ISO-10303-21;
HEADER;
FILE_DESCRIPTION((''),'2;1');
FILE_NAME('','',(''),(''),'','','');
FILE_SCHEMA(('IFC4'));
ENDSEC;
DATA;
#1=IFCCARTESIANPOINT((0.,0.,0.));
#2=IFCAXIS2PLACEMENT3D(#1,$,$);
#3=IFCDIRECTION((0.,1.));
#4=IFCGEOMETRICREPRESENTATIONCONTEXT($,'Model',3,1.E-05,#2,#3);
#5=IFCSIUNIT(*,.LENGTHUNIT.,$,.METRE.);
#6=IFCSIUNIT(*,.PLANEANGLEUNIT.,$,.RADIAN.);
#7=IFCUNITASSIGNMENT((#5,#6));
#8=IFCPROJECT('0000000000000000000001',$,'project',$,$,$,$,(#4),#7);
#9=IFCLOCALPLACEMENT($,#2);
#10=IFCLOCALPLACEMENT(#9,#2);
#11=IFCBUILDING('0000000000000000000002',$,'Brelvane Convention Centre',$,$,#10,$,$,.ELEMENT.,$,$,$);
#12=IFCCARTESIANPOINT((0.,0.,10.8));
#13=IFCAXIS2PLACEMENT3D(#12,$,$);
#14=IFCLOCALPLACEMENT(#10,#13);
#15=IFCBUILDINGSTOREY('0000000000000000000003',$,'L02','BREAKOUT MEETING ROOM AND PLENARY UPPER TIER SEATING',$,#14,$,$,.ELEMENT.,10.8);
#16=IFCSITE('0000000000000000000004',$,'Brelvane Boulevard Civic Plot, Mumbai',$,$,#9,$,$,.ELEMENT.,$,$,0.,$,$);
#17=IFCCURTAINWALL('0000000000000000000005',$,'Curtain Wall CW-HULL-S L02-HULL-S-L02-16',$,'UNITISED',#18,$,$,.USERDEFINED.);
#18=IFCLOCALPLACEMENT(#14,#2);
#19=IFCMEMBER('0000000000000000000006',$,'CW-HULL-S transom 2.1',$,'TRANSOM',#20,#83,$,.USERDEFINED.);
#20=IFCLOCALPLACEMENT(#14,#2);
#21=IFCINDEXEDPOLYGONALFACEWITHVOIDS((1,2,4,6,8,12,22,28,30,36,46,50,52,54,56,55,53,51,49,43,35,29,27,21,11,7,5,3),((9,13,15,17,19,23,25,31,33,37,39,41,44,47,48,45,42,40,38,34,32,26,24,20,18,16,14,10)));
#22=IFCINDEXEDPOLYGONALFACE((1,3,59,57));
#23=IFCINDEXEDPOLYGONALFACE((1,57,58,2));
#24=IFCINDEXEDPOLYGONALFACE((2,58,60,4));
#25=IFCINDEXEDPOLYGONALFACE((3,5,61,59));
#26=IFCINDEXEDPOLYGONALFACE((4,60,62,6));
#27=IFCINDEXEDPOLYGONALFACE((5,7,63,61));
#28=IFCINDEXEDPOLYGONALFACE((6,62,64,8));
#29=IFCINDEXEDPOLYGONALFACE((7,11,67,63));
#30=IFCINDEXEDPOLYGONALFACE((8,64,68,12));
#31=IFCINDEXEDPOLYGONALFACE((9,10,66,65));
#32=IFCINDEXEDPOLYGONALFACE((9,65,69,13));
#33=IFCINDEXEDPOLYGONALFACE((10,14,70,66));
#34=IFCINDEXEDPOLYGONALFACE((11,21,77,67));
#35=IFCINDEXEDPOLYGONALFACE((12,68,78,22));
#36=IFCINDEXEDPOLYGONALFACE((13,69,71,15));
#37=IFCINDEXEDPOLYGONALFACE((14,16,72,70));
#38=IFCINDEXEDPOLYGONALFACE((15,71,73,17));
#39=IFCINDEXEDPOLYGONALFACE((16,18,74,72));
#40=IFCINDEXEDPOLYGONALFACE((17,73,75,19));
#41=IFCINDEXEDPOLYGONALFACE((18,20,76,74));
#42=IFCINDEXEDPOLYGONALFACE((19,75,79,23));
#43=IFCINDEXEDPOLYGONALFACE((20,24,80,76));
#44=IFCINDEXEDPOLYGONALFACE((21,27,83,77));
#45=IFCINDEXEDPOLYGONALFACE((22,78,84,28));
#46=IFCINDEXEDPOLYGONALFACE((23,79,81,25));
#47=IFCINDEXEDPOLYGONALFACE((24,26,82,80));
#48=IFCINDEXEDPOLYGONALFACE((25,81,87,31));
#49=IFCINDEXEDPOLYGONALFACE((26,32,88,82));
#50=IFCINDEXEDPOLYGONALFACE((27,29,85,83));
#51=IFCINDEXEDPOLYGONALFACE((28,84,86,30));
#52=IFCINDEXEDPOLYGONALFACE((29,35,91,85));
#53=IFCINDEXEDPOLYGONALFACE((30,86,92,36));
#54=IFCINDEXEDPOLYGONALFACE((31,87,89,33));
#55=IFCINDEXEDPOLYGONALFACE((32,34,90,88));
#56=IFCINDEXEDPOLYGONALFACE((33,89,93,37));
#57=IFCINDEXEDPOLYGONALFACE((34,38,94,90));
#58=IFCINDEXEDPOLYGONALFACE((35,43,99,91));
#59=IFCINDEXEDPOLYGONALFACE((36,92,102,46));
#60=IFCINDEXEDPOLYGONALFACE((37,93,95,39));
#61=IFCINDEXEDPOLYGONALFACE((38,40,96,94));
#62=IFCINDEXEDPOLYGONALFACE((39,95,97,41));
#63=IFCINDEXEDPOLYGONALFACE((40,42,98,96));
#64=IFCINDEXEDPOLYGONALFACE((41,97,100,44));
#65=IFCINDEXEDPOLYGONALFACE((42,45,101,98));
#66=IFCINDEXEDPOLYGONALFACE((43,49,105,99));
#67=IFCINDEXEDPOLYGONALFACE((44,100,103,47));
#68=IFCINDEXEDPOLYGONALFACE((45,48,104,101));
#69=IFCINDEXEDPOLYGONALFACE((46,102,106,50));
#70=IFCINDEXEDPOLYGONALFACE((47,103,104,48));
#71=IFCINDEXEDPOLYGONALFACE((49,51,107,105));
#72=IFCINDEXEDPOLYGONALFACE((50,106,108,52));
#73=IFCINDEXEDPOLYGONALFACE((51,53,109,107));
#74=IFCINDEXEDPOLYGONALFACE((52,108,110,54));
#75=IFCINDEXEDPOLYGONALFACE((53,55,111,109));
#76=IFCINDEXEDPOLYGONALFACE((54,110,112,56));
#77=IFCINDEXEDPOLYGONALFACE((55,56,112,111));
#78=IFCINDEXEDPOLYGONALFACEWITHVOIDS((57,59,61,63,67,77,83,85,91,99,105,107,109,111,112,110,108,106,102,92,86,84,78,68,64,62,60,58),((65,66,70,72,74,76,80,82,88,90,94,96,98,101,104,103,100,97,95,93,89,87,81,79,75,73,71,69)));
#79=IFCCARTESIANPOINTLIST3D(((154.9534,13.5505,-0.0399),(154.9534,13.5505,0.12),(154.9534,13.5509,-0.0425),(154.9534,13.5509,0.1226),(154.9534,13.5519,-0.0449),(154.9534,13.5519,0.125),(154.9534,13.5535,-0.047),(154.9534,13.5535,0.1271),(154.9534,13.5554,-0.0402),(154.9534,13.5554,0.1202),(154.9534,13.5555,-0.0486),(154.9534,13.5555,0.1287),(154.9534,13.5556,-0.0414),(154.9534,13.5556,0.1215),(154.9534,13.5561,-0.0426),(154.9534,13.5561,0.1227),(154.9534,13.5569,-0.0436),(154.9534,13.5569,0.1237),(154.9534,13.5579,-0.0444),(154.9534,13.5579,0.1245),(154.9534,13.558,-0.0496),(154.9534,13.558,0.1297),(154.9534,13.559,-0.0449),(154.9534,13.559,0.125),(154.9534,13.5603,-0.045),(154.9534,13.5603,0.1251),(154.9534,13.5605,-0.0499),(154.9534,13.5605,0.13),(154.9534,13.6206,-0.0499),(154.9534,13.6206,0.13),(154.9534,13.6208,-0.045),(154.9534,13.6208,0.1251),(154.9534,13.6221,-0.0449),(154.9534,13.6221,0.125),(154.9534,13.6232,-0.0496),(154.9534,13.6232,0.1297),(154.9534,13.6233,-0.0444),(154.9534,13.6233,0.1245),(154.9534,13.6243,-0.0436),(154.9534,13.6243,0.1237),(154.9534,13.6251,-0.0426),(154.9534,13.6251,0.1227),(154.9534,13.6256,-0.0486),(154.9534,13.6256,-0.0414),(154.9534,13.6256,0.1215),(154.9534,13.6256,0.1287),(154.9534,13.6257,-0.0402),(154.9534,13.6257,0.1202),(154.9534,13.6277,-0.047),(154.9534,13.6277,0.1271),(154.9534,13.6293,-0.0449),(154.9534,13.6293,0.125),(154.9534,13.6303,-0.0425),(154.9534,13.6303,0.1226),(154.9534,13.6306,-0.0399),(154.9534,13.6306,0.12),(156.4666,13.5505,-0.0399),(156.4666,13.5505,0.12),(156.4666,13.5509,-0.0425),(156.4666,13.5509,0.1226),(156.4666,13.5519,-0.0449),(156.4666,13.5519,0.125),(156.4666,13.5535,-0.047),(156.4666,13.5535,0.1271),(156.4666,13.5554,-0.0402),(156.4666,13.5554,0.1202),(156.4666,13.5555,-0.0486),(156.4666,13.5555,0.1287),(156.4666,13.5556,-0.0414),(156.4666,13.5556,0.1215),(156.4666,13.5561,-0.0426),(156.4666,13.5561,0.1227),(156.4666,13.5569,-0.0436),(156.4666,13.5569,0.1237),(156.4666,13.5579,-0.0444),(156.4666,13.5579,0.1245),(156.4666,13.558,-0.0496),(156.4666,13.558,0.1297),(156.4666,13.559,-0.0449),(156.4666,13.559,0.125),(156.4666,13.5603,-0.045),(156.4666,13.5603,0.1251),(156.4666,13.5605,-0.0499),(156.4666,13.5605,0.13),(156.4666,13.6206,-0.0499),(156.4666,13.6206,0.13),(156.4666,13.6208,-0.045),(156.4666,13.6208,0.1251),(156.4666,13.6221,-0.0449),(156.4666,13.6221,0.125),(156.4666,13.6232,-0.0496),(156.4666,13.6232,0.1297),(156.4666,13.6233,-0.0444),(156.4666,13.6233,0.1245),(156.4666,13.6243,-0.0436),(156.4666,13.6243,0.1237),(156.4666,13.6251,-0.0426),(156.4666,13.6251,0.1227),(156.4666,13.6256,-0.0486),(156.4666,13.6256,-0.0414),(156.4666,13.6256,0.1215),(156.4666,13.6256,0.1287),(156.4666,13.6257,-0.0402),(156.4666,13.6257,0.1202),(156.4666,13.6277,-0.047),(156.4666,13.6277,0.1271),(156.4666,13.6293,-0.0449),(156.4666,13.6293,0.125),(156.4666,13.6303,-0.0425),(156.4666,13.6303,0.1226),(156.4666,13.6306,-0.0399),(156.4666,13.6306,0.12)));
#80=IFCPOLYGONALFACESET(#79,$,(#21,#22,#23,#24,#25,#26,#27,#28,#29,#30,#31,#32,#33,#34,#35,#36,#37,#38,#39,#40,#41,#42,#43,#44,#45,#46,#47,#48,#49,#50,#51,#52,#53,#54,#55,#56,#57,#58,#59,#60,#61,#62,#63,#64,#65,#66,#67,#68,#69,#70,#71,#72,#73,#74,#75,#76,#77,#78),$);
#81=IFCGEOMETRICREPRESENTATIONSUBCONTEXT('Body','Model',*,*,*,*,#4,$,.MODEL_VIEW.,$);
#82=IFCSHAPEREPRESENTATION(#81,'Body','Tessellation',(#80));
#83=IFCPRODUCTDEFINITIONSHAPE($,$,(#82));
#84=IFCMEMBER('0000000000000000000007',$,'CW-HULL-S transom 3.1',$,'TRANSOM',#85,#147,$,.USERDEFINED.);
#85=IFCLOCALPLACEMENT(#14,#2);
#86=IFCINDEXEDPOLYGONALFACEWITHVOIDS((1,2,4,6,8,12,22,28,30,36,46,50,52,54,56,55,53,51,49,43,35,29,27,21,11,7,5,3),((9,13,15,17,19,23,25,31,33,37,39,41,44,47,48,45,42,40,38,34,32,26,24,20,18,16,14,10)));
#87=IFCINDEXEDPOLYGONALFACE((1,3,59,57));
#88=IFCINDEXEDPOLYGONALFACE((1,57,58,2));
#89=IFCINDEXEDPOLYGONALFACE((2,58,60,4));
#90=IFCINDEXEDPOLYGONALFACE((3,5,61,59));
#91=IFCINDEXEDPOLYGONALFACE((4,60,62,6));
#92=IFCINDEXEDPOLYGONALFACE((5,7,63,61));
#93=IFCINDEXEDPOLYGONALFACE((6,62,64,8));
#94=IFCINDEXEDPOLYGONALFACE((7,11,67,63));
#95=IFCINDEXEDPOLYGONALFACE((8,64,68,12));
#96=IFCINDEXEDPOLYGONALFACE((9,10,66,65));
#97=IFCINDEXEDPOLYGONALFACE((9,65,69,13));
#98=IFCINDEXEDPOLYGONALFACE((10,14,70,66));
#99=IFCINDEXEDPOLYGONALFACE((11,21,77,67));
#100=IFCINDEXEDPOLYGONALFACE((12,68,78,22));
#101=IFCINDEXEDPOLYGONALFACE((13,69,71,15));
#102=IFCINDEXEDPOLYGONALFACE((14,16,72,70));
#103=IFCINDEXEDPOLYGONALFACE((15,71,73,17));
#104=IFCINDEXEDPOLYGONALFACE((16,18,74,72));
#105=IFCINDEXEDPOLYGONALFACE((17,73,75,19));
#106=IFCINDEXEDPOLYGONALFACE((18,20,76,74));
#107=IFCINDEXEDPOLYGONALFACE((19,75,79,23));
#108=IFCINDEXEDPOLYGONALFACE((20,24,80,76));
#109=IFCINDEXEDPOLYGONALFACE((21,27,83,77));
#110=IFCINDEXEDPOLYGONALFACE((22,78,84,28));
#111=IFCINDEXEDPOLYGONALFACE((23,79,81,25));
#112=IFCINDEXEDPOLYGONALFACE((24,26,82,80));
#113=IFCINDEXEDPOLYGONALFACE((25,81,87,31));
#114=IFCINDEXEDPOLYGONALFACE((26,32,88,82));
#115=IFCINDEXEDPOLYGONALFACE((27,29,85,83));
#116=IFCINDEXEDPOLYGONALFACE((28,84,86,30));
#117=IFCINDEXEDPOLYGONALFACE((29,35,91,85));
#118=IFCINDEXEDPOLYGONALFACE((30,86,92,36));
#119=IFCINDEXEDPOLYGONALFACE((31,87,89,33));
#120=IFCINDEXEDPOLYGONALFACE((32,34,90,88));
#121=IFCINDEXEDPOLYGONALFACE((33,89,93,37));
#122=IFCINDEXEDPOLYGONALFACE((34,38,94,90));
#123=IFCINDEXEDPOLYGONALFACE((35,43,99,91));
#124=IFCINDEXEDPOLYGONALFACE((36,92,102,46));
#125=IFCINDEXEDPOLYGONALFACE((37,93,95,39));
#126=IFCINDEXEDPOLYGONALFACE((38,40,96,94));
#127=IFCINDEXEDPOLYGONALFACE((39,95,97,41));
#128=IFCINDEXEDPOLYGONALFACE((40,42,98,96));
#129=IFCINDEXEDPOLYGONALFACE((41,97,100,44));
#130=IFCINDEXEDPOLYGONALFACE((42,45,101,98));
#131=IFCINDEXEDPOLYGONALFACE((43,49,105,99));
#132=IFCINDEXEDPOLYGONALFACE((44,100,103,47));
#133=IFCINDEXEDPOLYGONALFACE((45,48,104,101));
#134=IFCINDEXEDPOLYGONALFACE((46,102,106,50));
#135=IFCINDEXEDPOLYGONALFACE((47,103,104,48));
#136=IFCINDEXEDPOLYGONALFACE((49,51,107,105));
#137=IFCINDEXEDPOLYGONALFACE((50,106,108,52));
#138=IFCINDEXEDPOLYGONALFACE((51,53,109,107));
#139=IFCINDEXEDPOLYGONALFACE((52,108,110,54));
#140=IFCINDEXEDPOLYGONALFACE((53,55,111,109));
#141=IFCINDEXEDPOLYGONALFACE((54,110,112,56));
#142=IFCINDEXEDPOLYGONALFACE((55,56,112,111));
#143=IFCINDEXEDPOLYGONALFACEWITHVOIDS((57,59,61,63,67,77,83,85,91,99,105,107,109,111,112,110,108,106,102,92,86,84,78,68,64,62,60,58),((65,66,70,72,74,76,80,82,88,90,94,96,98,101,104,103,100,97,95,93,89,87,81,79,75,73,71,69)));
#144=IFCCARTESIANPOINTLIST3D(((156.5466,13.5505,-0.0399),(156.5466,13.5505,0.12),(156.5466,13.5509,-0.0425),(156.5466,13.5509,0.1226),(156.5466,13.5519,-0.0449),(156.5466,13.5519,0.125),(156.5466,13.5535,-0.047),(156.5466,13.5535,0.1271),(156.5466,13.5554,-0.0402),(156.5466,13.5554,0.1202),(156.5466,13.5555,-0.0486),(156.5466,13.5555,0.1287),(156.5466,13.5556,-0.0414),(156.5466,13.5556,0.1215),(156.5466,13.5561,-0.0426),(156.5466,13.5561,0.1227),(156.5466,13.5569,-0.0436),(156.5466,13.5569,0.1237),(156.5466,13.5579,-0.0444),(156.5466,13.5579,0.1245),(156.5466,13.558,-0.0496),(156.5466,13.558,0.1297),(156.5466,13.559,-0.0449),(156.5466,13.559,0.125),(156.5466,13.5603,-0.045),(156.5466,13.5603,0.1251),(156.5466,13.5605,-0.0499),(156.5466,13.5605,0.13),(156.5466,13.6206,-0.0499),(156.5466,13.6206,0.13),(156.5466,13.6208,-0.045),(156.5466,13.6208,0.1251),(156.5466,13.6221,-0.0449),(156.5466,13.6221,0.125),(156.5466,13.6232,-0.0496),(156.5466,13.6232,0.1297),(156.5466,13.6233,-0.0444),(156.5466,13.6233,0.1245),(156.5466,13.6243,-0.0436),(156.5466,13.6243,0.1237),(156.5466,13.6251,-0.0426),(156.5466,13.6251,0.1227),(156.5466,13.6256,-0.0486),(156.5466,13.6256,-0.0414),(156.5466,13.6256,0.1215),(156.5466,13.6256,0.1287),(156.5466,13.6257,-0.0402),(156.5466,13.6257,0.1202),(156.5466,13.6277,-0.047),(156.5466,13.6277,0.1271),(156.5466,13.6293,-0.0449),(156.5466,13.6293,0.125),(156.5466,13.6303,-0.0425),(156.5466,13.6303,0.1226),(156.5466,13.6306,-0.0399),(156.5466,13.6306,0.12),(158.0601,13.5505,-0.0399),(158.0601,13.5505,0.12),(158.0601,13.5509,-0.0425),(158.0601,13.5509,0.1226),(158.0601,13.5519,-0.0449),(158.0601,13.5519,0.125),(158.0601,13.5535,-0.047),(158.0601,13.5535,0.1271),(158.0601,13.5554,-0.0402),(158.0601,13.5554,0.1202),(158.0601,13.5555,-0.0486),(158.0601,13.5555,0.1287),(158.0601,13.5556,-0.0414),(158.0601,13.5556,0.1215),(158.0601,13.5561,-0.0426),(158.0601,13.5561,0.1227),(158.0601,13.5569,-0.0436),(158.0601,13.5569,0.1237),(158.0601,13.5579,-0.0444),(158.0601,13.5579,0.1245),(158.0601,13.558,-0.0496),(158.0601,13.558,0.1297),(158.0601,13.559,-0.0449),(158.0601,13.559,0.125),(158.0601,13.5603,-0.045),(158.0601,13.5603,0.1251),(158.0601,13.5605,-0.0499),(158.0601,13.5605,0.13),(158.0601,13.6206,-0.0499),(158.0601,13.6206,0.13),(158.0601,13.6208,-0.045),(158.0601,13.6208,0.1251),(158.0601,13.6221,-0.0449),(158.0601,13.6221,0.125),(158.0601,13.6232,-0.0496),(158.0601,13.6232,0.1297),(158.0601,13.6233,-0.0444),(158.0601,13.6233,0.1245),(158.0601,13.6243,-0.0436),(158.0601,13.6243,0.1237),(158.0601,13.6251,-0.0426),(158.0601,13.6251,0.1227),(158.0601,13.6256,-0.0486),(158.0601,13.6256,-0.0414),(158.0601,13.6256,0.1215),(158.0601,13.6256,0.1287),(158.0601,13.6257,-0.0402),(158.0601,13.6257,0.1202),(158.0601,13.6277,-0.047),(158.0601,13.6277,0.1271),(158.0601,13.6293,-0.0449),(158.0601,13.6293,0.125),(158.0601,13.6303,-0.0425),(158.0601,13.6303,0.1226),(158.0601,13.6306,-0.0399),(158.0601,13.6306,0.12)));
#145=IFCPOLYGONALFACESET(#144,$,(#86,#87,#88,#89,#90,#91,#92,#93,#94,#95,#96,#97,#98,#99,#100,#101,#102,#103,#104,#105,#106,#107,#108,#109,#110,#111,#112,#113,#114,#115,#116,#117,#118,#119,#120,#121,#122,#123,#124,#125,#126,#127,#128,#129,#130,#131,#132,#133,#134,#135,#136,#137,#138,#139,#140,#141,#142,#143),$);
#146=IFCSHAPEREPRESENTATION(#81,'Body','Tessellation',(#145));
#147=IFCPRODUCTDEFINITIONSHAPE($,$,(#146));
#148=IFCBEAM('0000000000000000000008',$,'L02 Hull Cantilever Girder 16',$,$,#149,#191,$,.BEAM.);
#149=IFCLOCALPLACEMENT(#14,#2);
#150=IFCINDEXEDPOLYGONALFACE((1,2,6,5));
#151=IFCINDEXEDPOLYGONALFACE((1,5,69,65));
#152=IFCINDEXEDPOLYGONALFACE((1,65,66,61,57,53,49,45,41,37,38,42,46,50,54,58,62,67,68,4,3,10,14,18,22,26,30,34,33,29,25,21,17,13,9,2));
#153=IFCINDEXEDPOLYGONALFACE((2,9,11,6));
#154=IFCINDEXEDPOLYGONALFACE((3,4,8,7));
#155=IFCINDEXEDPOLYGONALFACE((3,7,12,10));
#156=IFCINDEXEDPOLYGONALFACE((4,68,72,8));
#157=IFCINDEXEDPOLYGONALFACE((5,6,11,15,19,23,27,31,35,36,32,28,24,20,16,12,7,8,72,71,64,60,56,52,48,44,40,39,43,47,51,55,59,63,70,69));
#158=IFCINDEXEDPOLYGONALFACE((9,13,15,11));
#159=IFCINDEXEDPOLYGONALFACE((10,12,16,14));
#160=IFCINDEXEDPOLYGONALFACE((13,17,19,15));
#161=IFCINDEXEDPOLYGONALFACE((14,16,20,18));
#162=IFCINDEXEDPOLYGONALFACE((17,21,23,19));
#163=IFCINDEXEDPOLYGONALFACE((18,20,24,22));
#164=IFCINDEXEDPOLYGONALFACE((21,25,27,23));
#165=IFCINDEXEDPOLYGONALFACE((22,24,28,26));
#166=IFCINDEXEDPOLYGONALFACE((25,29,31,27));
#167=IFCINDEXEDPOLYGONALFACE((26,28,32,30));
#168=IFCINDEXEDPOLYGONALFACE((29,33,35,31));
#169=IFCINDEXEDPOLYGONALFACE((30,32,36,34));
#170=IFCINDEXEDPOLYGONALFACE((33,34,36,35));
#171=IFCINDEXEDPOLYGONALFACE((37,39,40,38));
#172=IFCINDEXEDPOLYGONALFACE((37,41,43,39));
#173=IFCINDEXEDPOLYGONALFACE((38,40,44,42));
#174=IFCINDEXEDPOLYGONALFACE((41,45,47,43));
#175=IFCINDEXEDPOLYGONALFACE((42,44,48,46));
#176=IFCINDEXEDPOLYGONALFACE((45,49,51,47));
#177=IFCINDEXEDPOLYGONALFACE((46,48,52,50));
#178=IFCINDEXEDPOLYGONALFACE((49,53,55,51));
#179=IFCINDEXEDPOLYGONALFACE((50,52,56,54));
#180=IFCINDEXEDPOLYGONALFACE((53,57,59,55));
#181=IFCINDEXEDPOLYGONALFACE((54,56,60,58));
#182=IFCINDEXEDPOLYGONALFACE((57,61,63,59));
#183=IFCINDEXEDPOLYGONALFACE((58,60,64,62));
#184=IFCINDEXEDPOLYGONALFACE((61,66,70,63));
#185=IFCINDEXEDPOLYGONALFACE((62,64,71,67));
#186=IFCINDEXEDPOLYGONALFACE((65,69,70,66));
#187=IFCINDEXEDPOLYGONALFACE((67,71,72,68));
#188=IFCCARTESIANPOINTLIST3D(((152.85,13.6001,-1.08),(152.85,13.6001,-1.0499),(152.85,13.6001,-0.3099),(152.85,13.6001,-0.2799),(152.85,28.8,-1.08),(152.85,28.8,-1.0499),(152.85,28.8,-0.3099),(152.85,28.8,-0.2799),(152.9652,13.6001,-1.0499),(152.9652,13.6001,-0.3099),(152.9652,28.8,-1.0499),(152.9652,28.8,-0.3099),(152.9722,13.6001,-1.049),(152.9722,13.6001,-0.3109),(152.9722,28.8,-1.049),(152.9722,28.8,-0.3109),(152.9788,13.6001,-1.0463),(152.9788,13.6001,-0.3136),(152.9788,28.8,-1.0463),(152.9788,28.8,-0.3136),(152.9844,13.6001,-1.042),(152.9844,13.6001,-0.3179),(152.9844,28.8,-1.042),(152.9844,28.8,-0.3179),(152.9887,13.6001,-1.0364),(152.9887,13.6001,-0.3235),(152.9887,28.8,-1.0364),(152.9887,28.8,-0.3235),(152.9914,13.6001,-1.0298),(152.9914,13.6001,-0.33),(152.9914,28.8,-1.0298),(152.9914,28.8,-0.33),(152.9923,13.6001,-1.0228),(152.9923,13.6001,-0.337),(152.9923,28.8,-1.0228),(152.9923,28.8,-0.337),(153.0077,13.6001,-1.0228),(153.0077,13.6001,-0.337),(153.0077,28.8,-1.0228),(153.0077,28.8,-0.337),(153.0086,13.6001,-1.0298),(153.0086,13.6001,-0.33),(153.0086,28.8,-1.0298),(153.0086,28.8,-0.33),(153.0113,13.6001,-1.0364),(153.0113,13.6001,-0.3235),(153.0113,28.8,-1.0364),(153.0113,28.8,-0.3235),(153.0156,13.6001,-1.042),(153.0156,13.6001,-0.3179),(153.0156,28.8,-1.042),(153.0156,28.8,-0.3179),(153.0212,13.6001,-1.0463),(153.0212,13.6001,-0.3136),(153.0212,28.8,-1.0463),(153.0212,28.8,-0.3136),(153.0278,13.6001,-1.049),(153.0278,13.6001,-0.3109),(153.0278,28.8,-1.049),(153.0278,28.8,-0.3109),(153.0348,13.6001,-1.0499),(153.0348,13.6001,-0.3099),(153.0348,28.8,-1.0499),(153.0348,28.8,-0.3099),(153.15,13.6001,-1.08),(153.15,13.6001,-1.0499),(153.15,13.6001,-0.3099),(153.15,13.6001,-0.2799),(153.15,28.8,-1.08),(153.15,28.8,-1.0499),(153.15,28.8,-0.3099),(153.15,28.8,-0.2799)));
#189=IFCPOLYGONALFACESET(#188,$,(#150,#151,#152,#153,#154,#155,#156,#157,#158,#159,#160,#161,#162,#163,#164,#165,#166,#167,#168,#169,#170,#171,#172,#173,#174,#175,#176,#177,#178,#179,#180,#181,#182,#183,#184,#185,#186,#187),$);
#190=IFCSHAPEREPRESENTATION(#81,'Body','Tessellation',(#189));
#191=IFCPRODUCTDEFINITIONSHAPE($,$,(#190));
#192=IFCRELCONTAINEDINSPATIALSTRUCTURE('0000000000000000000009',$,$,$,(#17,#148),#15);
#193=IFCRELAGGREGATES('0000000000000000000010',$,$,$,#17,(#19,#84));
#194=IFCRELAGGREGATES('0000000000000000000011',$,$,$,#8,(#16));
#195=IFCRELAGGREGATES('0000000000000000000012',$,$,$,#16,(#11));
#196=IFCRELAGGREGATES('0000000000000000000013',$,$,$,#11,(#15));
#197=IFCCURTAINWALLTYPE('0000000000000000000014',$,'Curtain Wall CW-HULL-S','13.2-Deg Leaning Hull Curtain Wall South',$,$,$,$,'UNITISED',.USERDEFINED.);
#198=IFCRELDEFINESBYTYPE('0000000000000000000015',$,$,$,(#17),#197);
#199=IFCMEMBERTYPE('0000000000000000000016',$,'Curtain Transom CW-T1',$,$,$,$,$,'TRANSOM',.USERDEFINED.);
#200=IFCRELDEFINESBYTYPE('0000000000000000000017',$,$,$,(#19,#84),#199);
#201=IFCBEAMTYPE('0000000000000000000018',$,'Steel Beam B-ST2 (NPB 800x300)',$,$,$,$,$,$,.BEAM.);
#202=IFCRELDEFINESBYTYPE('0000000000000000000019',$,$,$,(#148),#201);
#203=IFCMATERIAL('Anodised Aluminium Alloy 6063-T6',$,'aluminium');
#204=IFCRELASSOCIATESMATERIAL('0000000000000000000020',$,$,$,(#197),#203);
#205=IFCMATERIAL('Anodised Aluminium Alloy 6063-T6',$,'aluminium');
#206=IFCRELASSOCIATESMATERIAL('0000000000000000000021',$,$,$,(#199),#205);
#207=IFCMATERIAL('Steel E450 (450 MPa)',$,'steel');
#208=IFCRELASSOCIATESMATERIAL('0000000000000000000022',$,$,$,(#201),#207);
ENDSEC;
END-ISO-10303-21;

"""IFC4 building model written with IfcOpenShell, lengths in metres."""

from ifc_helpers import new_model, si_unit, direction, frame, origin, origin_2d, place, context, subcontext, project, spatial, hollow_rectangle, i_section, extrude, material, material_profile, profile_set, type_object, element, aggregate, save


model = new_model("IFC4")

# Units and contexts
model_context = context("Model", 3, precision=1e-05, world=origin(), true_north=direction((0.0, 1.0)))
body_context = subcontext(model_context, "Body", "Model", "MODEL_VIEW")
ifc_project = project(units=[si_unit("LENGTHUNIT", "METRE"), si_unit("PLANEANGLEUNIT", "RADIAN")], contexts=[model_context])

# Site, building, storey
site_placement = place(None, origin())
site = spatial("IfcSite", under=ifc_project, at=site_placement, Name="Brelvane Boulevard Civic Plot, Mumbai", CompositionType="ELEMENT", RefElevation=0.0)
building_placement = place(site_placement, origin())
building = spatial("IfcBuilding", under=site, at=building_placement, Name="Brelvane Convention Centre", CompositionType="ELEMENT")
storey_placement = place(building_placement, frame((0.0, 0.0, 10.8)))
storey = spatial("IfcBuildingStorey", under=building, at=storey_placement, Name="L02", Description="BREAKOUT MEETING ROOM AND PLENARY UPPER TIER SEATING", CompositionType="ELEMENT", Elevation=10.8)

# Curtain wall
ifc_material_1 = material(Name="Anodised Aluminium Alloy 6063-T6", Category="aluminium")
curtain_wall_type = type_object("IfcCurtainWallType", Name="Curtain Wall CW-HULL-S", Description="13.2-Deg Leaning Hull Curtain Wall South", ElementType="UNITISED", PredefinedType="USERDEFINED", material=ifc_material_1)
curtain_wall_1_placement = place(storey_placement, origin())
curtain_wall_1 = element("IfcCurtainWall", 1, at=curtain_wall_1_placement, inside=storey, type_object=curtain_wall_type, Name="Curtain Wall CW-HULL-S L02-HULL-S-L02-16", ObjectType="UNITISED", PredefinedType="USERDEFINED")

# Members
ifc_material_2 = material(Name="Anodised Aluminium Alloy 6063-T6", Category="aluminium")
ifc_material_profile_1 = material_profile(ifc_material_2, hollow_rectangle(XDim=0.0801, YDim=0.1799, WallThickness=0.0049, InnerFilletRadius=0.0049, OuterFilletRadius=0.01, at=origin_2d()), Name="ALU-T 180x80x5.0")
ifc_profile_set_1 = profile_set([ifc_material_profile_1], Name="Anodised Aluminium Alloy 6063-T6")
member_type_1 = type_object("IfcMemberType", Name="Curtain Transom CW-T1", ElementType="TRANSOM", PredefinedType="USERDEFINED", material=ifc_profile_set_1)
member_1_placement = place(storey_placement, frame((154.9534, 13.5906, 0.04), z_axis=(1.0, 0.0, 0.0), x_axis=(0.0, 1.0, 0.0)))
member_1 = element("IfcMember", 2, at=member_1_placement, type_object=member_type_1, Name="CW-HULL-S transom 2.1", ObjectType="TRANSOM", PredefinedType="USERDEFINED", context=body_context, shape_type="SweptSolid", body=[
    extrude(hollow_rectangle(XDim=0.0801, YDim=0.1799, WallThickness=0.0049, InnerFilletRadius=0.0049, OuterFilletRadius=0.01, at=origin_2d()), origin(), (0.0, 0.0, 1.0), 1.5132),
])
member_2_placement = place(storey_placement, frame((156.5466, 13.5906, 0.04), z_axis=(1.0, 0.0, 0.0), x_axis=(0.0, 1.0, 0.0)))
member_2 = element("IfcMember", 3, at=member_2_placement, type_object=member_type_1, Name="CW-HULL-S transom 3.1", ObjectType="TRANSOM", PredefinedType="USERDEFINED", context=body_context, shape_type="SweptSolid", body=[
    extrude(hollow_rectangle(XDim=0.0801, YDim=0.1799, WallThickness=0.0049, InnerFilletRadius=0.0049, OuterFilletRadius=0.01, at=origin_2d()), origin(), (0.0, 0.0, 1.0), 1.5134),
])

# Beam
ifc_material_3 = material(Name="Steel E450 (450 MPa)", Category="steel")
ifc_material_profile_2 = material_profile(ifc_material_3, i_section(OverallWidth=0.3, OverallDepth=0.8, WebThickness=0.0154, FlangeThickness=0.03, FilletRadius=0.0271, at=origin_2d()), Name="NPB 800x300")
ifc_profile_set_2 = profile_set([ifc_material_profile_2], Name="Steel E450 (450 MPa)")
beam_type_1 = type_object("IfcBeamType", Name="Steel Beam B-ST2 (NPB 800x300)", PredefinedType="BEAM", material=ifc_profile_set_2)
beam_1_placement = place(storey_placement, frame((153.0, 13.6001, -0.6799), z_axis=(0.0, 1.0, 0.0), x_axis=(-1.0, 0.0, 0.0)))
element("IfcBeam", 4, at=beam_1_placement, inside=storey, type_object=beam_type_1, Name="L02 Hull Cantilever Girder 16", PredefinedType="BEAM", context=body_context, shape_type="SweptSolid", body=[
    extrude(i_section(OverallWidth=0.3, OverallDepth=0.8, WebThickness=0.0154, FlangeThickness=0.03, FilletRadius=0.0271, at=origin_2d()), origin(), (0.0, 0.0, 1.0), 15.2),
])

aggregate(curtain_wall_1, [member_1, member_2])

save(model, "model.ifc")
